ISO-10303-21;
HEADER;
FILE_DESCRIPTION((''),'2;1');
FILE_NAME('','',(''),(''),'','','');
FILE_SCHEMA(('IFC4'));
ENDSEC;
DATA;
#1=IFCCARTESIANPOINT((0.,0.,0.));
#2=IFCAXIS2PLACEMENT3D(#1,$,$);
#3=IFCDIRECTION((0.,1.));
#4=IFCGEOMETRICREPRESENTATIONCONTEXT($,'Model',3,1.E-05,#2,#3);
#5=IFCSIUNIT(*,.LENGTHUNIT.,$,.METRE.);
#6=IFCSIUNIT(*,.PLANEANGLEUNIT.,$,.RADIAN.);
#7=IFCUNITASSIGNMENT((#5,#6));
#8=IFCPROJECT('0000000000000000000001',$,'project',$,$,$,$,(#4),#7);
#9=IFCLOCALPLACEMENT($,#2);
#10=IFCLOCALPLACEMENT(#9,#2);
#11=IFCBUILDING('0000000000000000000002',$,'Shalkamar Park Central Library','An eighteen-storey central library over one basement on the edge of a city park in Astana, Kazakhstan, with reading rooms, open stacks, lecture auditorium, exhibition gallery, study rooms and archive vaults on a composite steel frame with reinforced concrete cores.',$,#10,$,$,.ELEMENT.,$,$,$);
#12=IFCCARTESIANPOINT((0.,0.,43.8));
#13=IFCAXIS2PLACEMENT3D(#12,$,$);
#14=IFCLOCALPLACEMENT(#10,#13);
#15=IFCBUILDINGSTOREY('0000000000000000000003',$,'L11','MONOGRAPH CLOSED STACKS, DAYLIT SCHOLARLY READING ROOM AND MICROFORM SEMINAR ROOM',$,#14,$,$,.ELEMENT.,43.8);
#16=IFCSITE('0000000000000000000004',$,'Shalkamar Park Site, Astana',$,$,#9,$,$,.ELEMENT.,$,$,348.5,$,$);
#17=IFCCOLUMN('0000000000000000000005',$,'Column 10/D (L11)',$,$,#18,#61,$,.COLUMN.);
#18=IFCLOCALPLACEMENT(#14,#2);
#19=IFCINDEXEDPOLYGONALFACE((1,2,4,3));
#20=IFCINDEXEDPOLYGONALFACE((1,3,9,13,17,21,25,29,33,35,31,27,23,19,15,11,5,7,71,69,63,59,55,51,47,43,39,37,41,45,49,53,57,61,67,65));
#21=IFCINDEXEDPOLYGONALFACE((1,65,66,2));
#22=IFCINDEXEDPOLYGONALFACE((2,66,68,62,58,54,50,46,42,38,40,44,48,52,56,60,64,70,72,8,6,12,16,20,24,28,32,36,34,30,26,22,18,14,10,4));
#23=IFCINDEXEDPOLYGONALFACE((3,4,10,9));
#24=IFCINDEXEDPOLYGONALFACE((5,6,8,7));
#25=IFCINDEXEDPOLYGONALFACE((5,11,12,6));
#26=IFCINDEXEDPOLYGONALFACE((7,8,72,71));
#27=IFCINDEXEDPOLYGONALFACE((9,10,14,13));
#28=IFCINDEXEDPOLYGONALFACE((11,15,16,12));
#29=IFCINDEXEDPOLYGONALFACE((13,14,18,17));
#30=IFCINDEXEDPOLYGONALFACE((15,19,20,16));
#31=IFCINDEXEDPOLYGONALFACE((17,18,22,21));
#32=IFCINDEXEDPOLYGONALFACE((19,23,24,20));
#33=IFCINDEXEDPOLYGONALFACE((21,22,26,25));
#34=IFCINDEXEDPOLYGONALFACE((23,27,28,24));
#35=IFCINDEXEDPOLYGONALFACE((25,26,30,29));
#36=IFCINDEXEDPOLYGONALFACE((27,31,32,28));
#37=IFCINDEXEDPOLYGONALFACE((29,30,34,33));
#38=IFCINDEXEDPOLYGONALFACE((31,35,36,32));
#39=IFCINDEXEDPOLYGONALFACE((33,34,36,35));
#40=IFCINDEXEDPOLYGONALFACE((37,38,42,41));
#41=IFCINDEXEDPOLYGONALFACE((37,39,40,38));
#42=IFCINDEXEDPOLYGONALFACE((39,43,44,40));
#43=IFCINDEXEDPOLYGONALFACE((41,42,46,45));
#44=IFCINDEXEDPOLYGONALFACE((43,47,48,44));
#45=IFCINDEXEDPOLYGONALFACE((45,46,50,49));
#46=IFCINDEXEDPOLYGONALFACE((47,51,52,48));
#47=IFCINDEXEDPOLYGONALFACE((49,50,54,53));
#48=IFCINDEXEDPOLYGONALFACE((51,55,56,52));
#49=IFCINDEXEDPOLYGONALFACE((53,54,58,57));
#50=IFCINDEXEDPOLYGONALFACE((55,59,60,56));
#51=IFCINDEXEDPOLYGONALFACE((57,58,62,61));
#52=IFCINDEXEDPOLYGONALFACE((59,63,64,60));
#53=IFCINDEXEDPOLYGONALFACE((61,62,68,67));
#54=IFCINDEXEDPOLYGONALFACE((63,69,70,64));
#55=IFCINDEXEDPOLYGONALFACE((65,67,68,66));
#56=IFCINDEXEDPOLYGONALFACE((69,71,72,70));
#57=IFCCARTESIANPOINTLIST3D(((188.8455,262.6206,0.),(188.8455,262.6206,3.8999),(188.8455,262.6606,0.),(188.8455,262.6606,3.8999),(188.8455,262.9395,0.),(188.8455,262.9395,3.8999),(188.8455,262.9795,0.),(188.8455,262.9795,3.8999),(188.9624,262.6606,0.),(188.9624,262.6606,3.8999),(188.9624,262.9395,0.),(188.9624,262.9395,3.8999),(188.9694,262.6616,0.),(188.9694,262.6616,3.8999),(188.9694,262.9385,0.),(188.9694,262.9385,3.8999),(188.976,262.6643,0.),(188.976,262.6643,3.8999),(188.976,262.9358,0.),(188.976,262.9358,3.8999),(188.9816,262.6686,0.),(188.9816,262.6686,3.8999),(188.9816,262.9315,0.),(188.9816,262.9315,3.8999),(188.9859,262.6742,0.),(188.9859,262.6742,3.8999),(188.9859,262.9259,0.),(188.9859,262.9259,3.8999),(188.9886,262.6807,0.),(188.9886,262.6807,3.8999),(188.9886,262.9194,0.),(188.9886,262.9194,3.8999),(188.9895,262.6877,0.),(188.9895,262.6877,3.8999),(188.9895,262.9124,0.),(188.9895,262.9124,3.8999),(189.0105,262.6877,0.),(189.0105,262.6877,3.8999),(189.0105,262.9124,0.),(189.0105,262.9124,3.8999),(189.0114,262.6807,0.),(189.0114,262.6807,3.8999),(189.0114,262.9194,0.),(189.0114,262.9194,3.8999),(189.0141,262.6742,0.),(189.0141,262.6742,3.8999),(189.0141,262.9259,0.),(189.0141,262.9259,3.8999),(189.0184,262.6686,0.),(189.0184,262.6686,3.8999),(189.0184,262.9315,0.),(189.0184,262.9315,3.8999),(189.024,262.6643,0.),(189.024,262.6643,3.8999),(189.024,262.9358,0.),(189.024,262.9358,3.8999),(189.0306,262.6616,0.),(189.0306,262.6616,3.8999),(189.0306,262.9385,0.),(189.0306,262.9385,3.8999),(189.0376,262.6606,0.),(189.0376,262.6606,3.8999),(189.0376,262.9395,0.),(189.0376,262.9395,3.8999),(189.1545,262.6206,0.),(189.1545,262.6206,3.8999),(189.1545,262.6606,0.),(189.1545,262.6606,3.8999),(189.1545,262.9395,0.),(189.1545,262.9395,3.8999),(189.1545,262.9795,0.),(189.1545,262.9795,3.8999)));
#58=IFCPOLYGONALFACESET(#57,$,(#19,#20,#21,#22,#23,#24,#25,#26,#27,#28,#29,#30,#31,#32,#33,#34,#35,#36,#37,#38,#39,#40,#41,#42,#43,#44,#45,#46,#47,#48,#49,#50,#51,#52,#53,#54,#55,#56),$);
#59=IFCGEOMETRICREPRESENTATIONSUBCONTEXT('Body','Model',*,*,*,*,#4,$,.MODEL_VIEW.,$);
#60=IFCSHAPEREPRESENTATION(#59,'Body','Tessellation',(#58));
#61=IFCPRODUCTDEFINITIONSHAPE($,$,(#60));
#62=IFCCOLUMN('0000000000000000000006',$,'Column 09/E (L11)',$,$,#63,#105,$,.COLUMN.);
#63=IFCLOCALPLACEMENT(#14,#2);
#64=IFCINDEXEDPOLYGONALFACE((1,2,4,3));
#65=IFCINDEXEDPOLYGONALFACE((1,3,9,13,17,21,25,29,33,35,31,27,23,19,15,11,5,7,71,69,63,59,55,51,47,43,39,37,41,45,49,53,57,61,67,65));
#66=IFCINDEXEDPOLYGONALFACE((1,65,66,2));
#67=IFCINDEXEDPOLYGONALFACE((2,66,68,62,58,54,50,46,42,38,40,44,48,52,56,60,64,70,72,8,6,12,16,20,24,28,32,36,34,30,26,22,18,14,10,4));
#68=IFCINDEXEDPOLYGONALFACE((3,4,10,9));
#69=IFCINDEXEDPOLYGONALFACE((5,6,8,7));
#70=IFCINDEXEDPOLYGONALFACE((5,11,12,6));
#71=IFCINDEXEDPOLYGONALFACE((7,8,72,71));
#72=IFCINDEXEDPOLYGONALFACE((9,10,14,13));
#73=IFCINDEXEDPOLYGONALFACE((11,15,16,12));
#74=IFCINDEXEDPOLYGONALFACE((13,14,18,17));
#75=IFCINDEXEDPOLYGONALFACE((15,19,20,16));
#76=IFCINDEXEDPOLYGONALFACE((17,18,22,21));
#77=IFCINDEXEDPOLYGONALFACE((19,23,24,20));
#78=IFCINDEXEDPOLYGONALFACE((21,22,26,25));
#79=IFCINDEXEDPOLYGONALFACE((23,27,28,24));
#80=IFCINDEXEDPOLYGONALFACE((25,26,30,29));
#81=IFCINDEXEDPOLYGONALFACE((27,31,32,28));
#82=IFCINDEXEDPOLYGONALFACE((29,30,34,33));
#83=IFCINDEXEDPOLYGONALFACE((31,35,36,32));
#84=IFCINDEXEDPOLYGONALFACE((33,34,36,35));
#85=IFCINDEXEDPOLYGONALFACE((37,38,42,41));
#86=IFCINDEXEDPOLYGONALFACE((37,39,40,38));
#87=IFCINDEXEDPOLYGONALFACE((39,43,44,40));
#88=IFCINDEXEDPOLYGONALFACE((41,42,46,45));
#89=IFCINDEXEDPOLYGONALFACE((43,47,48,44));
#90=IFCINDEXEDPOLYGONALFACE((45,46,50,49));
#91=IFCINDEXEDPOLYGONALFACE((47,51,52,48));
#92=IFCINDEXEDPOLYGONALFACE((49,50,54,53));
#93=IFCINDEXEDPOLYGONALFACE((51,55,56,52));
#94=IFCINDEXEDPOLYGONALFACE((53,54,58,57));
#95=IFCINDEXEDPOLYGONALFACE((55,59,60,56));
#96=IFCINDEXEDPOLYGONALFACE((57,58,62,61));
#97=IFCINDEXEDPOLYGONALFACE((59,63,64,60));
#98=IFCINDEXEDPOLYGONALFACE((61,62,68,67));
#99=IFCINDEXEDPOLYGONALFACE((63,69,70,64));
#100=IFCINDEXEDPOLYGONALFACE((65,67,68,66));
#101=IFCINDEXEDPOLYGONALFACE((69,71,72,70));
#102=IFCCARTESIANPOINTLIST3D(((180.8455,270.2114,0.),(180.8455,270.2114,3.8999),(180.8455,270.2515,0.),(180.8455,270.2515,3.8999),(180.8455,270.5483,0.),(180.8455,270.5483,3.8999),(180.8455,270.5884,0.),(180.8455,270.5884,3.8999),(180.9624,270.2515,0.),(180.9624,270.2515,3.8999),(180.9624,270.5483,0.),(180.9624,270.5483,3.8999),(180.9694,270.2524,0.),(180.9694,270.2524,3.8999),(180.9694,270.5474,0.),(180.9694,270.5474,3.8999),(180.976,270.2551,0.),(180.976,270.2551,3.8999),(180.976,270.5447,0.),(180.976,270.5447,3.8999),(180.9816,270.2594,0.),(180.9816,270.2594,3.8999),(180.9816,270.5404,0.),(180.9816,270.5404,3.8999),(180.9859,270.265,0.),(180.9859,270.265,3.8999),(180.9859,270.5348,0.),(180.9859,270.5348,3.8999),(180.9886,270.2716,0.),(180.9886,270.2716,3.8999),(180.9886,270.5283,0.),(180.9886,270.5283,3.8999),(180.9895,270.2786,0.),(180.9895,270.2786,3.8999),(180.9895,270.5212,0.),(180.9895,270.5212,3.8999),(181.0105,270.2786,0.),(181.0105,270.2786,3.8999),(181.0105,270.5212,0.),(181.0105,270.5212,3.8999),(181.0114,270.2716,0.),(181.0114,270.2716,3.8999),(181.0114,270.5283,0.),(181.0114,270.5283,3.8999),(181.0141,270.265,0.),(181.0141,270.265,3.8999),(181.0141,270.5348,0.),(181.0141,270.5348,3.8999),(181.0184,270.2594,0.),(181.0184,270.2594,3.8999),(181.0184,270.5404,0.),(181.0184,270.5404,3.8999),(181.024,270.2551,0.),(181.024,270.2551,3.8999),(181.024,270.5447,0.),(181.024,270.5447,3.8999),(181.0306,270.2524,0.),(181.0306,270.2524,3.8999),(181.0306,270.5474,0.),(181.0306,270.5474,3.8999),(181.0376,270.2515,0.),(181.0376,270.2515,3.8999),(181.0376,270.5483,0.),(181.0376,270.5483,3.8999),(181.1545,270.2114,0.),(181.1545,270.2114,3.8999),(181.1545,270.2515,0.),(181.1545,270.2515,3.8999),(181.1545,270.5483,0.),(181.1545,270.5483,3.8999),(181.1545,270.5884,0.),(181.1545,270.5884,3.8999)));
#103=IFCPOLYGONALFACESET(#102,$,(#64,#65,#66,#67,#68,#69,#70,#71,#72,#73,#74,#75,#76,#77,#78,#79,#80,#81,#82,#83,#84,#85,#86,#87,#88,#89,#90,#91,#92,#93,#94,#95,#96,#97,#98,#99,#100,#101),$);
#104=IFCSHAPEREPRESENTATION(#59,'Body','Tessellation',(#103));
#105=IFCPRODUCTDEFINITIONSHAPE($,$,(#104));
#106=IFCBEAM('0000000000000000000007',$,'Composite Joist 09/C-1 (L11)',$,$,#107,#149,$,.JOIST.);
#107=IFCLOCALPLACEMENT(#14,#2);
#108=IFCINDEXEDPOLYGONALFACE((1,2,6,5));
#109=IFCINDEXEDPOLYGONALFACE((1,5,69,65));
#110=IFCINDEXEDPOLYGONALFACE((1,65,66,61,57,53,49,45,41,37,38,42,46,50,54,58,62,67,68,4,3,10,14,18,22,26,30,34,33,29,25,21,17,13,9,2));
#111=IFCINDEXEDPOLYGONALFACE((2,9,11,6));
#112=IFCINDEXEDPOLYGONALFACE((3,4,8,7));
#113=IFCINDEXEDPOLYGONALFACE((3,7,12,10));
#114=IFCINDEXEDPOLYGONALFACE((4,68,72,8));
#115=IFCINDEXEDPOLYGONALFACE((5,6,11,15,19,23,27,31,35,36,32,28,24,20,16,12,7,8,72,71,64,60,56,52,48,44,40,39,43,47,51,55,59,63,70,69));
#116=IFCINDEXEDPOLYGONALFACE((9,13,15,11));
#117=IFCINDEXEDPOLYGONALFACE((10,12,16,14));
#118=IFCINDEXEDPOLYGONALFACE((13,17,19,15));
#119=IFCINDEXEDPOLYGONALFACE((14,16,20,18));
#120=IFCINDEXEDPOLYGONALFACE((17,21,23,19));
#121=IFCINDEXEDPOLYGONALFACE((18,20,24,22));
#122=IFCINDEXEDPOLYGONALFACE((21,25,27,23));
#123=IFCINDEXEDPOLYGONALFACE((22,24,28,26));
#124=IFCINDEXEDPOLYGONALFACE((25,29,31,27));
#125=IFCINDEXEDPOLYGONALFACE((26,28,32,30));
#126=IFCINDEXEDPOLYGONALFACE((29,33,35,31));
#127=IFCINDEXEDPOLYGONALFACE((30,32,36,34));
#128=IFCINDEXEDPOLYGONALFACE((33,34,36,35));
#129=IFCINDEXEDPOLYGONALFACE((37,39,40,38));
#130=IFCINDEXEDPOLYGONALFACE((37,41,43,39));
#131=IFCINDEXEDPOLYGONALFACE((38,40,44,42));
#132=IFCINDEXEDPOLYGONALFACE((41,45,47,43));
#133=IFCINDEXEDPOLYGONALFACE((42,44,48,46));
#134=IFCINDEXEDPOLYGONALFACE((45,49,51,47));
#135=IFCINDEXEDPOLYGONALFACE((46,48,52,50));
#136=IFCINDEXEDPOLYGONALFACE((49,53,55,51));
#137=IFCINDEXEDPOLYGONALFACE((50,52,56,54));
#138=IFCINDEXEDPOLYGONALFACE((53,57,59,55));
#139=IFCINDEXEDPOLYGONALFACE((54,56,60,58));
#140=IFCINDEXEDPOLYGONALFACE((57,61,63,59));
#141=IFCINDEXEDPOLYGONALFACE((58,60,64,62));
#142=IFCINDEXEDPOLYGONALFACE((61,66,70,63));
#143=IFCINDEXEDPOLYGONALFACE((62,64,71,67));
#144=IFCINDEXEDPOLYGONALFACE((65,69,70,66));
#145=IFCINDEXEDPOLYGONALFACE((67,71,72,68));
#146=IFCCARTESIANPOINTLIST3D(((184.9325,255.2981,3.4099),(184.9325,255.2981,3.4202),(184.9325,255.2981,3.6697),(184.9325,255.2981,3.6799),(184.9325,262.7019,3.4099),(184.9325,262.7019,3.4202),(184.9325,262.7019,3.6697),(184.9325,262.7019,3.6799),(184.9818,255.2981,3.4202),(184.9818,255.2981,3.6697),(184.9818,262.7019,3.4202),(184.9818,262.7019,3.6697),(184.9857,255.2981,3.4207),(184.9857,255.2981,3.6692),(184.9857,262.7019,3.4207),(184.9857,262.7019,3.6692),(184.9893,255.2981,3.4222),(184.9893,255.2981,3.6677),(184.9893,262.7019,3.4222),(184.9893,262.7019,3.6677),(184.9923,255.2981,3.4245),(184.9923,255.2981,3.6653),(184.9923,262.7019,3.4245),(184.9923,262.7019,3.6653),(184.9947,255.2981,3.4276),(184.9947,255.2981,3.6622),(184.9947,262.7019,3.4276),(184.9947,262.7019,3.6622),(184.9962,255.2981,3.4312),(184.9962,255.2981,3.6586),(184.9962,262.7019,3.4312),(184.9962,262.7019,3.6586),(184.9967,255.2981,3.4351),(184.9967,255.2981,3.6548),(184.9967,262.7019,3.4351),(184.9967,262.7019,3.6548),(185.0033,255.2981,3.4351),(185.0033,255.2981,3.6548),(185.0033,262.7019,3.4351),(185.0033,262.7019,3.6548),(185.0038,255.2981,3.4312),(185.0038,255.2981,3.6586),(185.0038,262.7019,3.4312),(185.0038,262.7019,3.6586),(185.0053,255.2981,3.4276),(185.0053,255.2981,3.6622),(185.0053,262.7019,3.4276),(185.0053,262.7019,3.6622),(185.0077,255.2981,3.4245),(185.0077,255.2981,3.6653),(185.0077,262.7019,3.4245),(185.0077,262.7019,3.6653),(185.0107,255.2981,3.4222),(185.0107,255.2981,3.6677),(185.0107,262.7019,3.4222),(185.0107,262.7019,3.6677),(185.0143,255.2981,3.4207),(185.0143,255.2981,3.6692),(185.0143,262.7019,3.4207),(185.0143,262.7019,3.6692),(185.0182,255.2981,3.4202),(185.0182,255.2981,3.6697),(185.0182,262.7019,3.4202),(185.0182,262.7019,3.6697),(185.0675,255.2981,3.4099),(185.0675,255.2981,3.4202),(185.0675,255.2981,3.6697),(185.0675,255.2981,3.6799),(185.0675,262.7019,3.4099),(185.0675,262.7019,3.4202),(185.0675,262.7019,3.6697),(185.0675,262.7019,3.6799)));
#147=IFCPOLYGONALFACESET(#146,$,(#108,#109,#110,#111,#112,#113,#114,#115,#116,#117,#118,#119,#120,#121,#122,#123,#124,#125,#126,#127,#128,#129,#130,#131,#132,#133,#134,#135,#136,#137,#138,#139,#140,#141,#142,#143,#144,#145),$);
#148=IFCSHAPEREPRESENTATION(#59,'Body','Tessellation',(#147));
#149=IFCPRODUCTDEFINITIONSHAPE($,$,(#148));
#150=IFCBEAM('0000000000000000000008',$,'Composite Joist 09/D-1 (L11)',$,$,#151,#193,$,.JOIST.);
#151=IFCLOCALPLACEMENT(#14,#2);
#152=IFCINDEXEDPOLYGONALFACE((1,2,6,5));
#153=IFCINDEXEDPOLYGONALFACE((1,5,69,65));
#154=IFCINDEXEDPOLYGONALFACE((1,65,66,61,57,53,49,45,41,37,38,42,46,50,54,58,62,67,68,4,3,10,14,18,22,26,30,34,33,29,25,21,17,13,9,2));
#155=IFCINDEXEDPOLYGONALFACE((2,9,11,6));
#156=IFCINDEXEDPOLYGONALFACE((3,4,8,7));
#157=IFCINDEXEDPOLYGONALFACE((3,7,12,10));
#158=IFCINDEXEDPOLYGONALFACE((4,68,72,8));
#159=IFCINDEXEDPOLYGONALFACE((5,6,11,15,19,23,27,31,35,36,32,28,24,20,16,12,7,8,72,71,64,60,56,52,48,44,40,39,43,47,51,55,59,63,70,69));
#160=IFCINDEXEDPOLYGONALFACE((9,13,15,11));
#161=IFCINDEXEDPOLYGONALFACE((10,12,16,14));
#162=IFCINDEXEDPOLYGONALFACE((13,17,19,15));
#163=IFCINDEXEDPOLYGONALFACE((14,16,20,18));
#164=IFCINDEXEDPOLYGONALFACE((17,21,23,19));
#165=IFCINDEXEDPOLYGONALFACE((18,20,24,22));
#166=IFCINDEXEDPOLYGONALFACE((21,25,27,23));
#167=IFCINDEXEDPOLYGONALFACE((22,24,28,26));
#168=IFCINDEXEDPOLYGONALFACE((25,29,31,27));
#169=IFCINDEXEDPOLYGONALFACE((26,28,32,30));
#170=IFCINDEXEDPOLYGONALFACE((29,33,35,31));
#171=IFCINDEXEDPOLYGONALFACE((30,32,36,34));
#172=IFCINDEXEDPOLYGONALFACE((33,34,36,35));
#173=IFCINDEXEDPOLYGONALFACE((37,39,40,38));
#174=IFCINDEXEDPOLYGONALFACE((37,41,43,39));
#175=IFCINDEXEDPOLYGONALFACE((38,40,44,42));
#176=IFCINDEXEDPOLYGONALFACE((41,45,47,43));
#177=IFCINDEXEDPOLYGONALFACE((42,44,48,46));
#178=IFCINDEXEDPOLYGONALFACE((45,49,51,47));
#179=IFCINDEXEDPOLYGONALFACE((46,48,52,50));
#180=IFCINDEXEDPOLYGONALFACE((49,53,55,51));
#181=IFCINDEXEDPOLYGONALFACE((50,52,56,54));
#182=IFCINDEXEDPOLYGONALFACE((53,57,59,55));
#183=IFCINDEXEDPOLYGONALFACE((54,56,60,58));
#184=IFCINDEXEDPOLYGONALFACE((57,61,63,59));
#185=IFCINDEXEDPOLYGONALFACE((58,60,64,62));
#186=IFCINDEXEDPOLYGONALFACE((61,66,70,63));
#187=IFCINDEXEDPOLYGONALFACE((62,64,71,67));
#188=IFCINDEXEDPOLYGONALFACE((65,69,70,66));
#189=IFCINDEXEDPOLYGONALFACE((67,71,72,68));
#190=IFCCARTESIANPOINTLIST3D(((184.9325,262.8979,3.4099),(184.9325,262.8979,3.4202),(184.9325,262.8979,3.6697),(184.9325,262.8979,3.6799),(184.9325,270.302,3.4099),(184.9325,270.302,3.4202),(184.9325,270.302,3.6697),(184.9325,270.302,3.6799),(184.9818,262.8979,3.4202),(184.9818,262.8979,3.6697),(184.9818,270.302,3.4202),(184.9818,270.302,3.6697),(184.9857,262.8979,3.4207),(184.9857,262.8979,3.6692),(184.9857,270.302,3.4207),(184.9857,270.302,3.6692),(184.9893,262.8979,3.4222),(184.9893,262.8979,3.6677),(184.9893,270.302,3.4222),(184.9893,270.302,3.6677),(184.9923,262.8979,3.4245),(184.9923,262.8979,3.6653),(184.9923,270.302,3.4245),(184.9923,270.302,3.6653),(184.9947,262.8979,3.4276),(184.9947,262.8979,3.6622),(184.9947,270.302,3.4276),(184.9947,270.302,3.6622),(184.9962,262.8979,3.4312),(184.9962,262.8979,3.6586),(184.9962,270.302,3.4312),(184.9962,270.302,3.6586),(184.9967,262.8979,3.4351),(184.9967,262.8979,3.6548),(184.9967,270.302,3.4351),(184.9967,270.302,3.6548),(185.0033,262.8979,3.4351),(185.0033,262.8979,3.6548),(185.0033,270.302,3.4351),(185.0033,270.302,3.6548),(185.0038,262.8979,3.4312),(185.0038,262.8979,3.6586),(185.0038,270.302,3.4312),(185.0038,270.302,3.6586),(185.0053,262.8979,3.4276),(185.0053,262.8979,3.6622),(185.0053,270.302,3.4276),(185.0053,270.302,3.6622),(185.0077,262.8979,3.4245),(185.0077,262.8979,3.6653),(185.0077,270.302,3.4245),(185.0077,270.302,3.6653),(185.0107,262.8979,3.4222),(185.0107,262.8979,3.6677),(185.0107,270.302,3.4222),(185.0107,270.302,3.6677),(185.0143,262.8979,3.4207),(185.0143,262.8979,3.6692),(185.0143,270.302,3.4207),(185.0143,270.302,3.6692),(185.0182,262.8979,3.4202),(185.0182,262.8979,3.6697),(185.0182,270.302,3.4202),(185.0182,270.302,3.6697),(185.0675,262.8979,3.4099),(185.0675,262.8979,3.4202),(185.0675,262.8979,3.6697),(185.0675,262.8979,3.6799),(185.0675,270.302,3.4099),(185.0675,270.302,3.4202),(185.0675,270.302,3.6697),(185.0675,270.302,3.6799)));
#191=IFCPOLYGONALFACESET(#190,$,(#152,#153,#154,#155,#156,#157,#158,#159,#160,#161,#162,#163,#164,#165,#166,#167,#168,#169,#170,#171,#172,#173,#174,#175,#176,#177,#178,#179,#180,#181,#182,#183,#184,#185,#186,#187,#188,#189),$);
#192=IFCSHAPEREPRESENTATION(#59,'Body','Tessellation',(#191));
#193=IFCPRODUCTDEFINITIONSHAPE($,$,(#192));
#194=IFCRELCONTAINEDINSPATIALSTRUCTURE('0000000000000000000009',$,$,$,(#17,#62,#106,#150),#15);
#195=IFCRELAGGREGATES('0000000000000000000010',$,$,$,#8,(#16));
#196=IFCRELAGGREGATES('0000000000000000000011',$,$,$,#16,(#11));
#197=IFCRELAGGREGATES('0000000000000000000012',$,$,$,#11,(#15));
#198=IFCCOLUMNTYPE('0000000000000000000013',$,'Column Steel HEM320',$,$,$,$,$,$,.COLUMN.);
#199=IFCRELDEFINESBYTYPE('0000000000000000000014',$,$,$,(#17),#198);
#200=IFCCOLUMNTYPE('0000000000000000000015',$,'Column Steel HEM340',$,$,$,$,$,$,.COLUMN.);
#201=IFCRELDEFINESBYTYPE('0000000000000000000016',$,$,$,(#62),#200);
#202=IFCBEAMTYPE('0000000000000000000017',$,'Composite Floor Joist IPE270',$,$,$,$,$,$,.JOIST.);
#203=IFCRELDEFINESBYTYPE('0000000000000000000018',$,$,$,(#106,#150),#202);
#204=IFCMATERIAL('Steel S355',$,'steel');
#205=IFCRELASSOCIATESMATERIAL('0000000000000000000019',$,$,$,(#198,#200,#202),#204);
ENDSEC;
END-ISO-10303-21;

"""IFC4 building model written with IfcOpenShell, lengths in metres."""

from ifc_helpers import new_model, si_unit, direction, frame, origin, origin_2d, place, context, subcontext, project, spatial, i_section, extrude, material, material_profile, profile_set, type_object, element, save


model = new_model("IFC4")

# Units and contexts
model_context = context("Model", 3, precision=1e-05, world=origin(), true_north=direction((0.0, 1.0)))
body_context = subcontext(model_context, "Body", "Model", "MODEL_VIEW")
ifc_project = project(units=[si_unit("LENGTHUNIT", "METRE"), si_unit("PLANEANGLEUNIT", "RADIAN")], contexts=[model_context])

# Site, building, storey
site_placement = place(None, origin())
site = spatial("IfcSite", under=ifc_project, at=site_placement, Name="Shalkamar Park Site, Astana", CompositionType="ELEMENT", RefElevation=348.5)
building_placement = place(site_placement, origin())
building = spatial("IfcBuilding", under=site, at=building_placement, Name="Shalkamar Park Central Library", Description="An eighteen-storey central library over one basement on the edge of a city park in Astana, Kazakhstan, with reading rooms, open stacks, lecture auditorium, exhibition gallery, study rooms and archive vaults on a composite steel frame with reinforced concrete cores.", CompositionType="ELEMENT")
storey_placement = place(building_placement, frame((0.0, 0.0, 43.8)))
storey = spatial("IfcBuildingStorey", under=building, at=storey_placement, Name="L11", Description="MONOGRAPH CLOSED STACKS, DAYLIT SCHOLARLY READING ROOM AND MICROFORM SEMINAR ROOM", CompositionType="ELEMENT", Elevation=43.8)

# Columns
ifc_material_1 = material(Name="Steel S355", Category="steel")
ifc_material_profile_1 = material_profile(ifc_material_1, i_section(OverallWidth=0.3091, OverallDepth=0.3589, WebThickness=0.021, FlangeThickness=0.04, FilletRadius=0.0271, at=origin_2d()), Name="HEM 320")
ifc_profile_set_1 = profile_set([ifc_material_profile_1], Name="Steel S355")
column_type_1 = type_object("IfcColumnType", Name="Column Steel HEM320", PredefinedType="COLUMN", material=ifc_profile_set_1)
column_1_placement = place(storey_placement, frame((189.0, 262.8, 0.0), z_axis=(0.0, 0.0, 1.0), x_axis=(1.0, 0.0, 0.0)))
element("IfcColumn", 1, at=column_1_placement, inside=storey, type_object=column_type_1, Name="Column 10/D (L11)", PredefinedType="COLUMN", context=body_context, shape_type="SweptSolid", body=[
    extrude(i_section(OverallWidth=0.3091, OverallDepth=0.3589, WebThickness=0.021, FlangeThickness=0.04, FilletRadius=0.0271, at=origin_2d()), origin(), (0.0, 0.0, 1.0), 3.8999),
])
ifc_material_profile_2 = material_profile(ifc_material_1, i_section(OverallWidth=0.3091, OverallDepth=0.377, WebThickness=0.021, FlangeThickness=0.04, FilletRadius=0.0271, at=origin_2d()), Name="HEM 340")
ifc_profile_set_2 = profile_set([ifc_material_profile_2], Name="Steel S355")
column_type_2 = type_object("IfcColumnType", Name="Column Steel HEM340", PredefinedType="COLUMN", material=ifc_profile_set_2)
column_2_placement = place(storey_placement, frame((181.0, 270.3999, 0.0), z_axis=(0.0, 0.0, 1.0), x_axis=(1.0, 0.0, 0.0)))
element("IfcColumn", 2, at=column_2_placement, inside=storey, type_object=column_type_2, Name="Column 09/E (L11)", PredefinedType="COLUMN", context=body_context, shape_type="SweptSolid", body=[
    extrude(i_section(OverallWidth=0.3091, OverallDepth=0.377, WebThickness=0.021, FlangeThickness=0.04, FilletRadius=0.0271, at=origin_2d()), origin(), (0.0, 0.0, 1.0), 3.8999),
])

# Beams
ifc_material_profile_3 = material_profile(ifc_material_1, i_section(OverallWidth=0.135, OverallDepth=0.27, WebThickness=0.0066, FlangeThickness=0.0103, FilletRadius=0.0149, at=origin_2d()), Name="IPE 270")
ifc_profile_set_3 = profile_set([ifc_material_profile_3], Name="Steel S355")
beam_type_1 = type_object("IfcBeamType", Name="Composite Floor Joist IPE270", PredefinedType="JOIST", material=ifc_profile_set_3)
beam_1_placement = place(storey_placement, frame((185.0, 255.2981, 3.5449), z_axis=(0.0, 1.0, 0.0), x_axis=(-1.0, 0.0, 0.0)))
element("IfcBeam", 3, at=beam_1_placement, inside=storey, type_object=beam_type_1, Name="Composite Joist 09/C-1 (L11)", PredefinedType="JOIST", context=body_context, shape_type="SweptSolid", body=[
    extrude(i_section(OverallWidth=0.135, OverallDepth=0.27, WebThickness=0.0066, FlangeThickness=0.0103, FilletRadius=0.0149, at=origin_2d()), origin(), (0.0, 0.0, 1.0), 7.4038),
])
beam_2_placement = place(storey_placement, frame((185.0, 262.8979, 3.5449), z_axis=(0.0, 1.0, 0.0), x_axis=(-1.0, 0.0, 0.0)))
element("IfcBeam", 4, at=beam_2_placement, inside=storey, type_object=beam_type_1, Name="Composite Joist 09/D-1 (L11)", PredefinedType="JOIST", context=body_context, shape_type="SweptSolid", body=[
    extrude(i_section(OverallWidth=0.135, OverallDepth=0.27, WebThickness=0.0066, FlangeThickness=0.0103, FilletRadius=0.0149, at=origin_2d()), origin(), (0.0, 0.0, 1.0), 7.4041),
])

save(model, "model.ifc")
